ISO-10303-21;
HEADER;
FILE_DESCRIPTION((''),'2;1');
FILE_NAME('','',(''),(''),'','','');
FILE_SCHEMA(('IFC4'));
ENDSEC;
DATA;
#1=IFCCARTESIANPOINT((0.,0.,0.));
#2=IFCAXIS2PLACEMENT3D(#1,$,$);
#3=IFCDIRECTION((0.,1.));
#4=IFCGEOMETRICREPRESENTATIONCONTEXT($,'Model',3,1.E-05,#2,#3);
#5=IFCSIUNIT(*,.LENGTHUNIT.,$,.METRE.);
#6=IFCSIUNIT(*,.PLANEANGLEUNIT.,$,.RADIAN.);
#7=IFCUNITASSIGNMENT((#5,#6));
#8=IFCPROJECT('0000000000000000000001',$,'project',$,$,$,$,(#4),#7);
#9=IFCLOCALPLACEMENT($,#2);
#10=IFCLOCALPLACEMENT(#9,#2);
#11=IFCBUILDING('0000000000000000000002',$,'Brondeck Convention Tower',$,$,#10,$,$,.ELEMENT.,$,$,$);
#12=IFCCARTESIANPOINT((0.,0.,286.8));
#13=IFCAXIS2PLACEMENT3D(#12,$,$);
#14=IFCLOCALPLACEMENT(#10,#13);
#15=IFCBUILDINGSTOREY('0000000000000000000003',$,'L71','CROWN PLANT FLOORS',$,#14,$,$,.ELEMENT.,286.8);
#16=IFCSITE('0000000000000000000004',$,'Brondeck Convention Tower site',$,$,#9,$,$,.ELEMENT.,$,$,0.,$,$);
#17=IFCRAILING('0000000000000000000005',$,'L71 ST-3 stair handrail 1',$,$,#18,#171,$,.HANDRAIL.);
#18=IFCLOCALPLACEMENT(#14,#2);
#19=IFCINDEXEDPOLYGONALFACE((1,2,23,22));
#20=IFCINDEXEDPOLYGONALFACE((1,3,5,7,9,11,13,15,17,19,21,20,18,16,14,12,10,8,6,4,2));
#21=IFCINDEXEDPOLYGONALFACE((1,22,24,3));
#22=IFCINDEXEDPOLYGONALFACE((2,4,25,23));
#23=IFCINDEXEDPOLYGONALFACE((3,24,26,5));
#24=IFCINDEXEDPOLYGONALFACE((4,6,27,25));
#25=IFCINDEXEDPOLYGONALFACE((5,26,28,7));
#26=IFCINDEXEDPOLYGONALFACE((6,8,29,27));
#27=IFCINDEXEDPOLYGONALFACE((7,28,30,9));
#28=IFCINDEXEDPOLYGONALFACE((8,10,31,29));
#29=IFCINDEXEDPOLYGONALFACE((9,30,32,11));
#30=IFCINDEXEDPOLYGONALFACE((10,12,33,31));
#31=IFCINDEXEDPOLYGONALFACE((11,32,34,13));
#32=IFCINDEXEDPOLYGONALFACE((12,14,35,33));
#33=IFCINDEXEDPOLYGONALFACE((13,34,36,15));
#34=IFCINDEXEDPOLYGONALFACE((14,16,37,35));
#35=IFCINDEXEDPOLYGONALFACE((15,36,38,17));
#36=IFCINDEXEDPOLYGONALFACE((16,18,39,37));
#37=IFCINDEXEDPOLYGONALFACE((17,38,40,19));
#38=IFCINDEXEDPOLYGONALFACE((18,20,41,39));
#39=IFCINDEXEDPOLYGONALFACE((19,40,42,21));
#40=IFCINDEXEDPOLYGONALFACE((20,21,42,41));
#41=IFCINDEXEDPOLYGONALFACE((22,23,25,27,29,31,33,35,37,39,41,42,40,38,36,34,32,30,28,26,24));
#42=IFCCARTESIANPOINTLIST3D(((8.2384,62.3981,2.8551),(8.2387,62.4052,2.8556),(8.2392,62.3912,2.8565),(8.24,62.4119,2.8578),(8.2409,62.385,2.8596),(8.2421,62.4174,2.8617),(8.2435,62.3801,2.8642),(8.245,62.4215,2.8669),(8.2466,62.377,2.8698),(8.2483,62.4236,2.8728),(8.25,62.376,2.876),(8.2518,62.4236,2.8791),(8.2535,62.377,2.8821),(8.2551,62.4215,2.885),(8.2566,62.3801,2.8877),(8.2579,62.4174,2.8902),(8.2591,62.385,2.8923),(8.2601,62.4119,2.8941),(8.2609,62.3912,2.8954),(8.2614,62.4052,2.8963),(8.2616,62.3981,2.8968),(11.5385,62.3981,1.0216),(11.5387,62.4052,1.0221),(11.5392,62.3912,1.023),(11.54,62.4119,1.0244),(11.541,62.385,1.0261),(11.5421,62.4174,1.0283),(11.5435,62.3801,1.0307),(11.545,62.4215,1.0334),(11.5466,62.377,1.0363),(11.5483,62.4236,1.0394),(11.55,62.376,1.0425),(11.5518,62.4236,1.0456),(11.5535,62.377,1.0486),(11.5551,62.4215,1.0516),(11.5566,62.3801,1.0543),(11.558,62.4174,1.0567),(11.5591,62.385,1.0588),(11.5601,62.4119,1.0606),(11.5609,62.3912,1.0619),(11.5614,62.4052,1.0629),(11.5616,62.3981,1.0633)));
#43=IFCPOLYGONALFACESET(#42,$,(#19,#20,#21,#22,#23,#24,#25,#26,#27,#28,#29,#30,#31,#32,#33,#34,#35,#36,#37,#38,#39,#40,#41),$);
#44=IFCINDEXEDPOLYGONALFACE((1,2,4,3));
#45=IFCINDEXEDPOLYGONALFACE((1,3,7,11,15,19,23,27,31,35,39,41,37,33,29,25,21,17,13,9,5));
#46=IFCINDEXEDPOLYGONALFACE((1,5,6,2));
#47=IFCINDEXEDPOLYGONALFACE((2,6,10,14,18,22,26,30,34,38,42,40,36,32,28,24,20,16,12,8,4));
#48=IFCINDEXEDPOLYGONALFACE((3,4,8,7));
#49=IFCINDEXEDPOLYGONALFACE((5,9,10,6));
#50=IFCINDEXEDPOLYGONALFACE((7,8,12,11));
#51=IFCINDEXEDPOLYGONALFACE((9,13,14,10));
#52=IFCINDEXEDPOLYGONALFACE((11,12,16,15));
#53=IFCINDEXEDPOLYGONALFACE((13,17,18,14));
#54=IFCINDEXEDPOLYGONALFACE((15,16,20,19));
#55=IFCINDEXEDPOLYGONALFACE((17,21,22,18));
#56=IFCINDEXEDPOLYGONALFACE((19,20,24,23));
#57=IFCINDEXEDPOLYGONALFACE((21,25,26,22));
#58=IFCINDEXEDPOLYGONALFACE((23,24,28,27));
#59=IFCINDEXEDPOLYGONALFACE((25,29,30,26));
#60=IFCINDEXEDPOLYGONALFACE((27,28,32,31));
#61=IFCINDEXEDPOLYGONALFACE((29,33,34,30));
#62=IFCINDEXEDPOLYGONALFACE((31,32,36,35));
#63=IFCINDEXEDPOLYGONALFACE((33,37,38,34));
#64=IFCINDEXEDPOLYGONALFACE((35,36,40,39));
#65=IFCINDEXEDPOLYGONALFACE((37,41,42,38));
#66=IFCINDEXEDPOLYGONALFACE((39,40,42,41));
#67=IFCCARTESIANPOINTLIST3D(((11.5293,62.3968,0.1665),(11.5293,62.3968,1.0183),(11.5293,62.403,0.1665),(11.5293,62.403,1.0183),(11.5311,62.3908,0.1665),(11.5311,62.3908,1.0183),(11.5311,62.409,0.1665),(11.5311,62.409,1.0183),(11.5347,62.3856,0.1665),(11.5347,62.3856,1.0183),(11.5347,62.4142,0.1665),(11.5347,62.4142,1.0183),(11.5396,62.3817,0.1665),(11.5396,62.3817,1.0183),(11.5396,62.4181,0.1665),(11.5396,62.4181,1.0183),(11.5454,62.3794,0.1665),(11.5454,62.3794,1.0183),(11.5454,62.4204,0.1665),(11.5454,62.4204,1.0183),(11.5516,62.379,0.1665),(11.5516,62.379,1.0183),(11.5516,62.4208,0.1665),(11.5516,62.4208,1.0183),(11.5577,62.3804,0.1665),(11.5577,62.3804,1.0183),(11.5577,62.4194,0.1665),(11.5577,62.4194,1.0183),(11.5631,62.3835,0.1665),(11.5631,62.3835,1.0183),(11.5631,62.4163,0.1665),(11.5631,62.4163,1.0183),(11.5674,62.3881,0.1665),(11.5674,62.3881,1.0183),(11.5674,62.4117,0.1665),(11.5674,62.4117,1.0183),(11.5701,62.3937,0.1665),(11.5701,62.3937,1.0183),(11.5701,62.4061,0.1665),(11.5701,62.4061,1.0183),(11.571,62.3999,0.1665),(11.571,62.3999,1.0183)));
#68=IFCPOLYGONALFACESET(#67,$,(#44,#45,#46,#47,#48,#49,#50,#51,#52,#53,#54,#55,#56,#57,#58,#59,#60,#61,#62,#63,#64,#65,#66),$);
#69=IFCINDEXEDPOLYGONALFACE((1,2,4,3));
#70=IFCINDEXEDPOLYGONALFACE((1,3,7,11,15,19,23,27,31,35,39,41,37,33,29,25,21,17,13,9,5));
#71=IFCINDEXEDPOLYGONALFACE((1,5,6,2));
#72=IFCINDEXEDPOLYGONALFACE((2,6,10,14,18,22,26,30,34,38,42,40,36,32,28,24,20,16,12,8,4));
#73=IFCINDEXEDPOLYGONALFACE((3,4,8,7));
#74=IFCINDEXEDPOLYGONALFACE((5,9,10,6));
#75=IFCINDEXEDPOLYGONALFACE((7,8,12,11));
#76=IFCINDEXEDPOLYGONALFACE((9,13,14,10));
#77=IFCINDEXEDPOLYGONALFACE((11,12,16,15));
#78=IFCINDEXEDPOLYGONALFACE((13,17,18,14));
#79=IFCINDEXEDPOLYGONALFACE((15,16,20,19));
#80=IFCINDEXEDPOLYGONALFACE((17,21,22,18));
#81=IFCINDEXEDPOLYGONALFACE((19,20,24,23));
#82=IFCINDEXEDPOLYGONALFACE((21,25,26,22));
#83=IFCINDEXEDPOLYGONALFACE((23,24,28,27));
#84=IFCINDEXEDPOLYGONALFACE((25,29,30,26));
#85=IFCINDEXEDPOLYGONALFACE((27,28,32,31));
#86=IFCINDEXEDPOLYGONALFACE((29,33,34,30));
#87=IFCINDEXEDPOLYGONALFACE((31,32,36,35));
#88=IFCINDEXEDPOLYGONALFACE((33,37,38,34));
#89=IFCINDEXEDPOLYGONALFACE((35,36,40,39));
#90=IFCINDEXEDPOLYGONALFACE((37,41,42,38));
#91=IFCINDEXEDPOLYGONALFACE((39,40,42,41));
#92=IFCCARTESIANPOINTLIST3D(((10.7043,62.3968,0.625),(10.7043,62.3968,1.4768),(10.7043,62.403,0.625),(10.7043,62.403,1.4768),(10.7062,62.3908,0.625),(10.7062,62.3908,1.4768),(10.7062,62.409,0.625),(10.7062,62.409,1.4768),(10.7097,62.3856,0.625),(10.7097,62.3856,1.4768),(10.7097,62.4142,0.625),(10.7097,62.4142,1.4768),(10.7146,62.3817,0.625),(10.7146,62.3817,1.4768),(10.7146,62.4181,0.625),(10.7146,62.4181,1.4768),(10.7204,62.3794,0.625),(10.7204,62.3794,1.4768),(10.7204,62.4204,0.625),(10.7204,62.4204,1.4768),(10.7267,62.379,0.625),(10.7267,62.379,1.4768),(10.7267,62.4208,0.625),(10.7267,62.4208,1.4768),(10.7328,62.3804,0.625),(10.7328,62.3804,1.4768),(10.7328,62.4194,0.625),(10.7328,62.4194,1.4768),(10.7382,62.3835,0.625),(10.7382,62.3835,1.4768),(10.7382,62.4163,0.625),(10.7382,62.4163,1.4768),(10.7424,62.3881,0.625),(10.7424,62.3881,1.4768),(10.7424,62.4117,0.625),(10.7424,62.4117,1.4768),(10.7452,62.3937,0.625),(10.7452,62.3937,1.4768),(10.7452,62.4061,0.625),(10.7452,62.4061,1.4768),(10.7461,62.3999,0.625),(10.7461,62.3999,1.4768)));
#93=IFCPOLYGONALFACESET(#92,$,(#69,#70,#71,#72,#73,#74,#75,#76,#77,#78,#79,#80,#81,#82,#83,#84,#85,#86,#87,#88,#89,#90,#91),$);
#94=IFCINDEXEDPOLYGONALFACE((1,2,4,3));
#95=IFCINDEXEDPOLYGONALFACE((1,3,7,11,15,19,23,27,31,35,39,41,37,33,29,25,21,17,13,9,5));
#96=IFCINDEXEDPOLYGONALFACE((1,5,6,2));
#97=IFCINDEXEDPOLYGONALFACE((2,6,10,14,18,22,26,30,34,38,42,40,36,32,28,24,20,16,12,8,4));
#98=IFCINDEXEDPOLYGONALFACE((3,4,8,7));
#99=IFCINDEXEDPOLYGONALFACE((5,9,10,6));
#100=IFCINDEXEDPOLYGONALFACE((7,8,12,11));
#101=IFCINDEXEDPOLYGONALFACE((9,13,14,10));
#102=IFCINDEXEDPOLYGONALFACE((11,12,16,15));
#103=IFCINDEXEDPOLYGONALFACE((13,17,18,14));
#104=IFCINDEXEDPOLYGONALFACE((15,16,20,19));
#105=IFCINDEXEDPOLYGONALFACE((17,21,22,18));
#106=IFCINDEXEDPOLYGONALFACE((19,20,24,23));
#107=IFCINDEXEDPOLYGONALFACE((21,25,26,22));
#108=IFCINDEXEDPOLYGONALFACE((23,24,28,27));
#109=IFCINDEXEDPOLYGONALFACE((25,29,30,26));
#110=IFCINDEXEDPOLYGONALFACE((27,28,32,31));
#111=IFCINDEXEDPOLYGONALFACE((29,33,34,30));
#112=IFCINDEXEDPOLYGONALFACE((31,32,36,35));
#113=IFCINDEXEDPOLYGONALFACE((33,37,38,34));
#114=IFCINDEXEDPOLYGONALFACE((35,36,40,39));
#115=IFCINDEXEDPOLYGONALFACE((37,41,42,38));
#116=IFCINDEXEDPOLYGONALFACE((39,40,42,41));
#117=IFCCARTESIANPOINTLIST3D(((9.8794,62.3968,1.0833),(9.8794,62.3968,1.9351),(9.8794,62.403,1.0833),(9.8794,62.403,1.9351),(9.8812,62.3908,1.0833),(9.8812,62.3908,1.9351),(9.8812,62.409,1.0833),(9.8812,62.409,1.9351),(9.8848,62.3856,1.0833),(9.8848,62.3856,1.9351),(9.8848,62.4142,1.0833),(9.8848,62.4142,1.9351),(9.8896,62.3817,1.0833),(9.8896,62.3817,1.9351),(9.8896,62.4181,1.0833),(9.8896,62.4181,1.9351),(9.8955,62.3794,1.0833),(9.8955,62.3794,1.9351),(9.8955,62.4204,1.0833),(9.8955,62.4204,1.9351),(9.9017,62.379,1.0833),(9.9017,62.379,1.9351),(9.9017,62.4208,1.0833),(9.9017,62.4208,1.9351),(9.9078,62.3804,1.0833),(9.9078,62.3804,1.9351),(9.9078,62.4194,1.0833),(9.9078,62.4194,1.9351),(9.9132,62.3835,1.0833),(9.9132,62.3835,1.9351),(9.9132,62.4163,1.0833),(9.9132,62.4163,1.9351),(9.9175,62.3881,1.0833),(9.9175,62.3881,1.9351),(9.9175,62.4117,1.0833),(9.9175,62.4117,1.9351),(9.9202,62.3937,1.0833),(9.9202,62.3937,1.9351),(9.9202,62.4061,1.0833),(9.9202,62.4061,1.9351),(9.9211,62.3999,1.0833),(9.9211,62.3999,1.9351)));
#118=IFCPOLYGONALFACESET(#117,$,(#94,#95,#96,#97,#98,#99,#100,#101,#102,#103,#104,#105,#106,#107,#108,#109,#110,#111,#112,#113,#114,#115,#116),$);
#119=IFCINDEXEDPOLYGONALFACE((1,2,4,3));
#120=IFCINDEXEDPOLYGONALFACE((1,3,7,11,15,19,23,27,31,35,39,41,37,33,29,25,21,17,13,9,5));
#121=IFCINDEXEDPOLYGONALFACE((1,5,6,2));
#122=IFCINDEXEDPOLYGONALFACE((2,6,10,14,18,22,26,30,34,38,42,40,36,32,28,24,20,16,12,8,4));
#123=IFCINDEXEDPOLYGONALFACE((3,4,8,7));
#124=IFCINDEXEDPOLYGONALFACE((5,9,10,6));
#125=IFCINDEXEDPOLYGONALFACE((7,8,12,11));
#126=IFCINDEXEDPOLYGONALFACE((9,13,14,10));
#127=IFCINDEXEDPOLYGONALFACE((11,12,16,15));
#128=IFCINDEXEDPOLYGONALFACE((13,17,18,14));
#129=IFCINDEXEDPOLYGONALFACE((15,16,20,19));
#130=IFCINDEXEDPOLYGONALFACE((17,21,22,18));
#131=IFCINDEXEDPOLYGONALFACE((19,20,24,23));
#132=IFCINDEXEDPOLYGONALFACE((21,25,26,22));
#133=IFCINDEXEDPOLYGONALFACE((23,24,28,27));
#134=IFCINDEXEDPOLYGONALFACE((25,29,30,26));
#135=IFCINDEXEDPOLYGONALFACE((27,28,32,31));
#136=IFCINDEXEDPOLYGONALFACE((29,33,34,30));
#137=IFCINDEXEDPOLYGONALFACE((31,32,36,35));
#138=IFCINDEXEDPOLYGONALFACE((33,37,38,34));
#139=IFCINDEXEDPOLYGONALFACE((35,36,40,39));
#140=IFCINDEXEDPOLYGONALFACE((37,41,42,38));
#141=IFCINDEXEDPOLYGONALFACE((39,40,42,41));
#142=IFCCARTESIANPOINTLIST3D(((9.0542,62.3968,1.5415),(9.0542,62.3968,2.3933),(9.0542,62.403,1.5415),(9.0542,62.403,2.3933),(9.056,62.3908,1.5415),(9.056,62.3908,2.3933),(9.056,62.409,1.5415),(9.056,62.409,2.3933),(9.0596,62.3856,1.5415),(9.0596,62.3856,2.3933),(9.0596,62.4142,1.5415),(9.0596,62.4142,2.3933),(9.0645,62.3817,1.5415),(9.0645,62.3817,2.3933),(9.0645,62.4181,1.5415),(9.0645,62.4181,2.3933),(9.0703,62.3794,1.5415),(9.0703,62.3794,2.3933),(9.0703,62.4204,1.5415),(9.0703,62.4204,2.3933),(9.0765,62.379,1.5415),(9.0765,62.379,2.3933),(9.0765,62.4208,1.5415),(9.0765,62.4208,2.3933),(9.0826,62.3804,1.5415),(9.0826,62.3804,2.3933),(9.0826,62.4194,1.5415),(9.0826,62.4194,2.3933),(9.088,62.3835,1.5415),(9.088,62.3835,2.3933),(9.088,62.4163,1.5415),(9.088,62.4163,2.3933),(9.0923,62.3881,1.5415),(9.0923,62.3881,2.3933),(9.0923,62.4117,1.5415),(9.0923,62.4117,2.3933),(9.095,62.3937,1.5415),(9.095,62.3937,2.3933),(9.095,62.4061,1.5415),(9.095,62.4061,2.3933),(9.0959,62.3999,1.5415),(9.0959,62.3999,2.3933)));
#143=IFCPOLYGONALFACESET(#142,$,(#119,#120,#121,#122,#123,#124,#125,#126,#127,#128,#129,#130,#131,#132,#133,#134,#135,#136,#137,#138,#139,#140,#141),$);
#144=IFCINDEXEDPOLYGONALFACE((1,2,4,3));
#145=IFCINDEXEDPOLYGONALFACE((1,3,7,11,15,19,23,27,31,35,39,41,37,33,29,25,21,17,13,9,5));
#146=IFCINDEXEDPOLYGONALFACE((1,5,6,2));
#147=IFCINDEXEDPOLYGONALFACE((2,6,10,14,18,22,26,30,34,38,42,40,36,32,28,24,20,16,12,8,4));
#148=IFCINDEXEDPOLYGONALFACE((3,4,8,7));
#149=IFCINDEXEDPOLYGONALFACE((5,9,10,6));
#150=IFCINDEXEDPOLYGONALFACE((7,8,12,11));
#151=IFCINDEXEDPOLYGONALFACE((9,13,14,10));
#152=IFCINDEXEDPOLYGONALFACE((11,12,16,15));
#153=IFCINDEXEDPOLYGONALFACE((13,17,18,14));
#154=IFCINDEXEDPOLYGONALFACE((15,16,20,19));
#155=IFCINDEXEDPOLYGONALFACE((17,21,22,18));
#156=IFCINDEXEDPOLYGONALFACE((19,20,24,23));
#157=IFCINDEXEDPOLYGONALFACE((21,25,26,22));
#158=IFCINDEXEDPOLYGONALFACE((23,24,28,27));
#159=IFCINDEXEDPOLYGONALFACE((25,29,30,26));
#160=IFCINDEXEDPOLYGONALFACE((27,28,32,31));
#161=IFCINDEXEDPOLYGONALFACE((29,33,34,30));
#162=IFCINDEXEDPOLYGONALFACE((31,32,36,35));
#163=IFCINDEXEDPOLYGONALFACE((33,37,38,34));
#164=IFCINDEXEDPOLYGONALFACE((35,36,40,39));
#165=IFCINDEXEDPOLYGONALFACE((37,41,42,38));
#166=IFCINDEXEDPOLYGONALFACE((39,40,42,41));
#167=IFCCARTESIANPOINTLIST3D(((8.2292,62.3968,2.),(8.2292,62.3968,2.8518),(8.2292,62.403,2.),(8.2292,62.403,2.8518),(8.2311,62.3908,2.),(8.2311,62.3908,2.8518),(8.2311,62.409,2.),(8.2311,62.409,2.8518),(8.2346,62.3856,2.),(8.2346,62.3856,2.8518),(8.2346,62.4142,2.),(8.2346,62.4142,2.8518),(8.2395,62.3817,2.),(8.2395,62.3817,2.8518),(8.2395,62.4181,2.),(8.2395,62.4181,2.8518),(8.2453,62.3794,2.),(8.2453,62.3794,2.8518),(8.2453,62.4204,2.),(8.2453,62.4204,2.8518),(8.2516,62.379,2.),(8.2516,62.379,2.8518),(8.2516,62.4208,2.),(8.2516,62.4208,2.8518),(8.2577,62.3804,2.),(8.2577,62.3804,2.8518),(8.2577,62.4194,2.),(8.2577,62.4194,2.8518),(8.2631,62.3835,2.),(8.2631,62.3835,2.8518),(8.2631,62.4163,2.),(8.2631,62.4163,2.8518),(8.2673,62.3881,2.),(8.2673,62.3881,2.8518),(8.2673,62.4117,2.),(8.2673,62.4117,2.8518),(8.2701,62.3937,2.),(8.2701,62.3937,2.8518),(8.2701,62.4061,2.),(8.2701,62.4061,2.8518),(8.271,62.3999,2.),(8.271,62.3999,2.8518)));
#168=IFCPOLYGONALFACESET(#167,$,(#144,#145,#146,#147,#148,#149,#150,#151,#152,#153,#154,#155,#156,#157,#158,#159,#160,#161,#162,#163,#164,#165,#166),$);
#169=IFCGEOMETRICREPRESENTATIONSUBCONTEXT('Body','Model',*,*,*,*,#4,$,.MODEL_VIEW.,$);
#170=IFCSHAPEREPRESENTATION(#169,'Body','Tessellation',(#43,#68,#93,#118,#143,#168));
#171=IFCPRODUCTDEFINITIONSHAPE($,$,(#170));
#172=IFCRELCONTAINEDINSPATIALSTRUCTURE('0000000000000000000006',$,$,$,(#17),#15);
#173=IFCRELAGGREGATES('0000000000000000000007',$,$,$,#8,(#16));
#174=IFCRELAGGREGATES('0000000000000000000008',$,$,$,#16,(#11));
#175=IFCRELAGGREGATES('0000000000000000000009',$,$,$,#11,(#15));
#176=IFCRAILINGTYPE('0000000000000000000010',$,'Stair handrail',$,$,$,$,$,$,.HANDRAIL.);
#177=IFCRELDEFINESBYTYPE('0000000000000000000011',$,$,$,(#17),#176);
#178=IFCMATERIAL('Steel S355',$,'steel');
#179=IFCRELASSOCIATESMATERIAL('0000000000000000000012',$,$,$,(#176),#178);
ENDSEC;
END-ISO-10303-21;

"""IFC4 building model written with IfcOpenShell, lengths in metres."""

from ifc_helpers import new_model, si_unit, direction, frame, origin, origin_2d, place, context, subcontext, project, spatial, circle, extrude, material, type_object, element, save


model = new_model("IFC4")

# Units and contexts
model_context = context("Model", 3, precision=1e-05, world=origin(), true_north=direction((0.0, 1.0)))
body_context = subcontext(model_context, "Body", "Model", "MODEL_VIEW")
ifc_project = project(units=[si_unit("LENGTHUNIT", "METRE"), si_unit("PLANEANGLEUNIT", "RADIAN")], contexts=[model_context])

# Site, building, storey
site_placement = place(None, origin())
site = spatial("IfcSite", under=ifc_project, at=site_placement, Name="Brondeck Convention Tower site", CompositionType="ELEMENT", RefElevation=0.0)
building_placement = place(site_placement, origin())
building = spatial("IfcBuilding", under=site, at=building_placement, Name="Brondeck Convention Tower", CompositionType="ELEMENT")
storey_placement = place(building_placement, frame((0.0, 0.0, 286.8)))
storey = spatial("IfcBuildingStorey", under=building, at=storey_placement, Name="L71", Description="CROWN PLANT FLOORS", CompositionType="ELEMENT", Elevation=286.8)

# Railing
ifc_material_1 = material(Name="Steel S355", Category="steel")
railing_type_1 = type_object("IfcRailingType", Name="Stair handrail", PredefinedType="HANDRAIL", material=ifc_material_1)
railing_1_placement = place(storey_placement, frame((11.55, 62.3999, 0.1665)))
element("IfcRailing", 1, at=railing_1_placement, inside=storey, type_object=railing_type_1, Name="L71 ST-3 stair handrail 1", PredefinedType="HANDRAIL", context=body_context, shape_type="SweptSolid", body=[
    extrude(circle(Radius=0.0239, at=origin_2d()), frame((0.0, 0.0, 0.876), z_axis=(-0.874142, 0.0, 0.48567), x_axis=(0.0, -1.0, 0.0)), (0.0, 0.0, 1.0), 3.7751),
    extrude(circle(Radius=0.021, at=origin_2d()), origin(), (0.0, 0.0, 1.0), 0.8518),
    extrude(circle(Radius=0.021, at=origin_2d()), frame((-0.825, 0.0, 0.4585)), (0.0, 0.0, 1.0), 0.8518),
    extrude(circle(Radius=0.021, at=origin_2d()), frame((-1.6499, 0.0, 0.9167)), (0.0, 0.0, 1.0), 0.8518),
    extrude(circle(Radius=0.021, at=origin_2d()), frame((-2.4751, 0.0, 1.375)), (0.0, 0.0, 1.0), 0.8518),
    extrude(circle(Radius=0.021, at=origin_2d()), frame((-3.3, 0.0, 1.8335)), (0.0, 0.0, 1.0), 0.8518),
])

save(model, "model.ifc")
